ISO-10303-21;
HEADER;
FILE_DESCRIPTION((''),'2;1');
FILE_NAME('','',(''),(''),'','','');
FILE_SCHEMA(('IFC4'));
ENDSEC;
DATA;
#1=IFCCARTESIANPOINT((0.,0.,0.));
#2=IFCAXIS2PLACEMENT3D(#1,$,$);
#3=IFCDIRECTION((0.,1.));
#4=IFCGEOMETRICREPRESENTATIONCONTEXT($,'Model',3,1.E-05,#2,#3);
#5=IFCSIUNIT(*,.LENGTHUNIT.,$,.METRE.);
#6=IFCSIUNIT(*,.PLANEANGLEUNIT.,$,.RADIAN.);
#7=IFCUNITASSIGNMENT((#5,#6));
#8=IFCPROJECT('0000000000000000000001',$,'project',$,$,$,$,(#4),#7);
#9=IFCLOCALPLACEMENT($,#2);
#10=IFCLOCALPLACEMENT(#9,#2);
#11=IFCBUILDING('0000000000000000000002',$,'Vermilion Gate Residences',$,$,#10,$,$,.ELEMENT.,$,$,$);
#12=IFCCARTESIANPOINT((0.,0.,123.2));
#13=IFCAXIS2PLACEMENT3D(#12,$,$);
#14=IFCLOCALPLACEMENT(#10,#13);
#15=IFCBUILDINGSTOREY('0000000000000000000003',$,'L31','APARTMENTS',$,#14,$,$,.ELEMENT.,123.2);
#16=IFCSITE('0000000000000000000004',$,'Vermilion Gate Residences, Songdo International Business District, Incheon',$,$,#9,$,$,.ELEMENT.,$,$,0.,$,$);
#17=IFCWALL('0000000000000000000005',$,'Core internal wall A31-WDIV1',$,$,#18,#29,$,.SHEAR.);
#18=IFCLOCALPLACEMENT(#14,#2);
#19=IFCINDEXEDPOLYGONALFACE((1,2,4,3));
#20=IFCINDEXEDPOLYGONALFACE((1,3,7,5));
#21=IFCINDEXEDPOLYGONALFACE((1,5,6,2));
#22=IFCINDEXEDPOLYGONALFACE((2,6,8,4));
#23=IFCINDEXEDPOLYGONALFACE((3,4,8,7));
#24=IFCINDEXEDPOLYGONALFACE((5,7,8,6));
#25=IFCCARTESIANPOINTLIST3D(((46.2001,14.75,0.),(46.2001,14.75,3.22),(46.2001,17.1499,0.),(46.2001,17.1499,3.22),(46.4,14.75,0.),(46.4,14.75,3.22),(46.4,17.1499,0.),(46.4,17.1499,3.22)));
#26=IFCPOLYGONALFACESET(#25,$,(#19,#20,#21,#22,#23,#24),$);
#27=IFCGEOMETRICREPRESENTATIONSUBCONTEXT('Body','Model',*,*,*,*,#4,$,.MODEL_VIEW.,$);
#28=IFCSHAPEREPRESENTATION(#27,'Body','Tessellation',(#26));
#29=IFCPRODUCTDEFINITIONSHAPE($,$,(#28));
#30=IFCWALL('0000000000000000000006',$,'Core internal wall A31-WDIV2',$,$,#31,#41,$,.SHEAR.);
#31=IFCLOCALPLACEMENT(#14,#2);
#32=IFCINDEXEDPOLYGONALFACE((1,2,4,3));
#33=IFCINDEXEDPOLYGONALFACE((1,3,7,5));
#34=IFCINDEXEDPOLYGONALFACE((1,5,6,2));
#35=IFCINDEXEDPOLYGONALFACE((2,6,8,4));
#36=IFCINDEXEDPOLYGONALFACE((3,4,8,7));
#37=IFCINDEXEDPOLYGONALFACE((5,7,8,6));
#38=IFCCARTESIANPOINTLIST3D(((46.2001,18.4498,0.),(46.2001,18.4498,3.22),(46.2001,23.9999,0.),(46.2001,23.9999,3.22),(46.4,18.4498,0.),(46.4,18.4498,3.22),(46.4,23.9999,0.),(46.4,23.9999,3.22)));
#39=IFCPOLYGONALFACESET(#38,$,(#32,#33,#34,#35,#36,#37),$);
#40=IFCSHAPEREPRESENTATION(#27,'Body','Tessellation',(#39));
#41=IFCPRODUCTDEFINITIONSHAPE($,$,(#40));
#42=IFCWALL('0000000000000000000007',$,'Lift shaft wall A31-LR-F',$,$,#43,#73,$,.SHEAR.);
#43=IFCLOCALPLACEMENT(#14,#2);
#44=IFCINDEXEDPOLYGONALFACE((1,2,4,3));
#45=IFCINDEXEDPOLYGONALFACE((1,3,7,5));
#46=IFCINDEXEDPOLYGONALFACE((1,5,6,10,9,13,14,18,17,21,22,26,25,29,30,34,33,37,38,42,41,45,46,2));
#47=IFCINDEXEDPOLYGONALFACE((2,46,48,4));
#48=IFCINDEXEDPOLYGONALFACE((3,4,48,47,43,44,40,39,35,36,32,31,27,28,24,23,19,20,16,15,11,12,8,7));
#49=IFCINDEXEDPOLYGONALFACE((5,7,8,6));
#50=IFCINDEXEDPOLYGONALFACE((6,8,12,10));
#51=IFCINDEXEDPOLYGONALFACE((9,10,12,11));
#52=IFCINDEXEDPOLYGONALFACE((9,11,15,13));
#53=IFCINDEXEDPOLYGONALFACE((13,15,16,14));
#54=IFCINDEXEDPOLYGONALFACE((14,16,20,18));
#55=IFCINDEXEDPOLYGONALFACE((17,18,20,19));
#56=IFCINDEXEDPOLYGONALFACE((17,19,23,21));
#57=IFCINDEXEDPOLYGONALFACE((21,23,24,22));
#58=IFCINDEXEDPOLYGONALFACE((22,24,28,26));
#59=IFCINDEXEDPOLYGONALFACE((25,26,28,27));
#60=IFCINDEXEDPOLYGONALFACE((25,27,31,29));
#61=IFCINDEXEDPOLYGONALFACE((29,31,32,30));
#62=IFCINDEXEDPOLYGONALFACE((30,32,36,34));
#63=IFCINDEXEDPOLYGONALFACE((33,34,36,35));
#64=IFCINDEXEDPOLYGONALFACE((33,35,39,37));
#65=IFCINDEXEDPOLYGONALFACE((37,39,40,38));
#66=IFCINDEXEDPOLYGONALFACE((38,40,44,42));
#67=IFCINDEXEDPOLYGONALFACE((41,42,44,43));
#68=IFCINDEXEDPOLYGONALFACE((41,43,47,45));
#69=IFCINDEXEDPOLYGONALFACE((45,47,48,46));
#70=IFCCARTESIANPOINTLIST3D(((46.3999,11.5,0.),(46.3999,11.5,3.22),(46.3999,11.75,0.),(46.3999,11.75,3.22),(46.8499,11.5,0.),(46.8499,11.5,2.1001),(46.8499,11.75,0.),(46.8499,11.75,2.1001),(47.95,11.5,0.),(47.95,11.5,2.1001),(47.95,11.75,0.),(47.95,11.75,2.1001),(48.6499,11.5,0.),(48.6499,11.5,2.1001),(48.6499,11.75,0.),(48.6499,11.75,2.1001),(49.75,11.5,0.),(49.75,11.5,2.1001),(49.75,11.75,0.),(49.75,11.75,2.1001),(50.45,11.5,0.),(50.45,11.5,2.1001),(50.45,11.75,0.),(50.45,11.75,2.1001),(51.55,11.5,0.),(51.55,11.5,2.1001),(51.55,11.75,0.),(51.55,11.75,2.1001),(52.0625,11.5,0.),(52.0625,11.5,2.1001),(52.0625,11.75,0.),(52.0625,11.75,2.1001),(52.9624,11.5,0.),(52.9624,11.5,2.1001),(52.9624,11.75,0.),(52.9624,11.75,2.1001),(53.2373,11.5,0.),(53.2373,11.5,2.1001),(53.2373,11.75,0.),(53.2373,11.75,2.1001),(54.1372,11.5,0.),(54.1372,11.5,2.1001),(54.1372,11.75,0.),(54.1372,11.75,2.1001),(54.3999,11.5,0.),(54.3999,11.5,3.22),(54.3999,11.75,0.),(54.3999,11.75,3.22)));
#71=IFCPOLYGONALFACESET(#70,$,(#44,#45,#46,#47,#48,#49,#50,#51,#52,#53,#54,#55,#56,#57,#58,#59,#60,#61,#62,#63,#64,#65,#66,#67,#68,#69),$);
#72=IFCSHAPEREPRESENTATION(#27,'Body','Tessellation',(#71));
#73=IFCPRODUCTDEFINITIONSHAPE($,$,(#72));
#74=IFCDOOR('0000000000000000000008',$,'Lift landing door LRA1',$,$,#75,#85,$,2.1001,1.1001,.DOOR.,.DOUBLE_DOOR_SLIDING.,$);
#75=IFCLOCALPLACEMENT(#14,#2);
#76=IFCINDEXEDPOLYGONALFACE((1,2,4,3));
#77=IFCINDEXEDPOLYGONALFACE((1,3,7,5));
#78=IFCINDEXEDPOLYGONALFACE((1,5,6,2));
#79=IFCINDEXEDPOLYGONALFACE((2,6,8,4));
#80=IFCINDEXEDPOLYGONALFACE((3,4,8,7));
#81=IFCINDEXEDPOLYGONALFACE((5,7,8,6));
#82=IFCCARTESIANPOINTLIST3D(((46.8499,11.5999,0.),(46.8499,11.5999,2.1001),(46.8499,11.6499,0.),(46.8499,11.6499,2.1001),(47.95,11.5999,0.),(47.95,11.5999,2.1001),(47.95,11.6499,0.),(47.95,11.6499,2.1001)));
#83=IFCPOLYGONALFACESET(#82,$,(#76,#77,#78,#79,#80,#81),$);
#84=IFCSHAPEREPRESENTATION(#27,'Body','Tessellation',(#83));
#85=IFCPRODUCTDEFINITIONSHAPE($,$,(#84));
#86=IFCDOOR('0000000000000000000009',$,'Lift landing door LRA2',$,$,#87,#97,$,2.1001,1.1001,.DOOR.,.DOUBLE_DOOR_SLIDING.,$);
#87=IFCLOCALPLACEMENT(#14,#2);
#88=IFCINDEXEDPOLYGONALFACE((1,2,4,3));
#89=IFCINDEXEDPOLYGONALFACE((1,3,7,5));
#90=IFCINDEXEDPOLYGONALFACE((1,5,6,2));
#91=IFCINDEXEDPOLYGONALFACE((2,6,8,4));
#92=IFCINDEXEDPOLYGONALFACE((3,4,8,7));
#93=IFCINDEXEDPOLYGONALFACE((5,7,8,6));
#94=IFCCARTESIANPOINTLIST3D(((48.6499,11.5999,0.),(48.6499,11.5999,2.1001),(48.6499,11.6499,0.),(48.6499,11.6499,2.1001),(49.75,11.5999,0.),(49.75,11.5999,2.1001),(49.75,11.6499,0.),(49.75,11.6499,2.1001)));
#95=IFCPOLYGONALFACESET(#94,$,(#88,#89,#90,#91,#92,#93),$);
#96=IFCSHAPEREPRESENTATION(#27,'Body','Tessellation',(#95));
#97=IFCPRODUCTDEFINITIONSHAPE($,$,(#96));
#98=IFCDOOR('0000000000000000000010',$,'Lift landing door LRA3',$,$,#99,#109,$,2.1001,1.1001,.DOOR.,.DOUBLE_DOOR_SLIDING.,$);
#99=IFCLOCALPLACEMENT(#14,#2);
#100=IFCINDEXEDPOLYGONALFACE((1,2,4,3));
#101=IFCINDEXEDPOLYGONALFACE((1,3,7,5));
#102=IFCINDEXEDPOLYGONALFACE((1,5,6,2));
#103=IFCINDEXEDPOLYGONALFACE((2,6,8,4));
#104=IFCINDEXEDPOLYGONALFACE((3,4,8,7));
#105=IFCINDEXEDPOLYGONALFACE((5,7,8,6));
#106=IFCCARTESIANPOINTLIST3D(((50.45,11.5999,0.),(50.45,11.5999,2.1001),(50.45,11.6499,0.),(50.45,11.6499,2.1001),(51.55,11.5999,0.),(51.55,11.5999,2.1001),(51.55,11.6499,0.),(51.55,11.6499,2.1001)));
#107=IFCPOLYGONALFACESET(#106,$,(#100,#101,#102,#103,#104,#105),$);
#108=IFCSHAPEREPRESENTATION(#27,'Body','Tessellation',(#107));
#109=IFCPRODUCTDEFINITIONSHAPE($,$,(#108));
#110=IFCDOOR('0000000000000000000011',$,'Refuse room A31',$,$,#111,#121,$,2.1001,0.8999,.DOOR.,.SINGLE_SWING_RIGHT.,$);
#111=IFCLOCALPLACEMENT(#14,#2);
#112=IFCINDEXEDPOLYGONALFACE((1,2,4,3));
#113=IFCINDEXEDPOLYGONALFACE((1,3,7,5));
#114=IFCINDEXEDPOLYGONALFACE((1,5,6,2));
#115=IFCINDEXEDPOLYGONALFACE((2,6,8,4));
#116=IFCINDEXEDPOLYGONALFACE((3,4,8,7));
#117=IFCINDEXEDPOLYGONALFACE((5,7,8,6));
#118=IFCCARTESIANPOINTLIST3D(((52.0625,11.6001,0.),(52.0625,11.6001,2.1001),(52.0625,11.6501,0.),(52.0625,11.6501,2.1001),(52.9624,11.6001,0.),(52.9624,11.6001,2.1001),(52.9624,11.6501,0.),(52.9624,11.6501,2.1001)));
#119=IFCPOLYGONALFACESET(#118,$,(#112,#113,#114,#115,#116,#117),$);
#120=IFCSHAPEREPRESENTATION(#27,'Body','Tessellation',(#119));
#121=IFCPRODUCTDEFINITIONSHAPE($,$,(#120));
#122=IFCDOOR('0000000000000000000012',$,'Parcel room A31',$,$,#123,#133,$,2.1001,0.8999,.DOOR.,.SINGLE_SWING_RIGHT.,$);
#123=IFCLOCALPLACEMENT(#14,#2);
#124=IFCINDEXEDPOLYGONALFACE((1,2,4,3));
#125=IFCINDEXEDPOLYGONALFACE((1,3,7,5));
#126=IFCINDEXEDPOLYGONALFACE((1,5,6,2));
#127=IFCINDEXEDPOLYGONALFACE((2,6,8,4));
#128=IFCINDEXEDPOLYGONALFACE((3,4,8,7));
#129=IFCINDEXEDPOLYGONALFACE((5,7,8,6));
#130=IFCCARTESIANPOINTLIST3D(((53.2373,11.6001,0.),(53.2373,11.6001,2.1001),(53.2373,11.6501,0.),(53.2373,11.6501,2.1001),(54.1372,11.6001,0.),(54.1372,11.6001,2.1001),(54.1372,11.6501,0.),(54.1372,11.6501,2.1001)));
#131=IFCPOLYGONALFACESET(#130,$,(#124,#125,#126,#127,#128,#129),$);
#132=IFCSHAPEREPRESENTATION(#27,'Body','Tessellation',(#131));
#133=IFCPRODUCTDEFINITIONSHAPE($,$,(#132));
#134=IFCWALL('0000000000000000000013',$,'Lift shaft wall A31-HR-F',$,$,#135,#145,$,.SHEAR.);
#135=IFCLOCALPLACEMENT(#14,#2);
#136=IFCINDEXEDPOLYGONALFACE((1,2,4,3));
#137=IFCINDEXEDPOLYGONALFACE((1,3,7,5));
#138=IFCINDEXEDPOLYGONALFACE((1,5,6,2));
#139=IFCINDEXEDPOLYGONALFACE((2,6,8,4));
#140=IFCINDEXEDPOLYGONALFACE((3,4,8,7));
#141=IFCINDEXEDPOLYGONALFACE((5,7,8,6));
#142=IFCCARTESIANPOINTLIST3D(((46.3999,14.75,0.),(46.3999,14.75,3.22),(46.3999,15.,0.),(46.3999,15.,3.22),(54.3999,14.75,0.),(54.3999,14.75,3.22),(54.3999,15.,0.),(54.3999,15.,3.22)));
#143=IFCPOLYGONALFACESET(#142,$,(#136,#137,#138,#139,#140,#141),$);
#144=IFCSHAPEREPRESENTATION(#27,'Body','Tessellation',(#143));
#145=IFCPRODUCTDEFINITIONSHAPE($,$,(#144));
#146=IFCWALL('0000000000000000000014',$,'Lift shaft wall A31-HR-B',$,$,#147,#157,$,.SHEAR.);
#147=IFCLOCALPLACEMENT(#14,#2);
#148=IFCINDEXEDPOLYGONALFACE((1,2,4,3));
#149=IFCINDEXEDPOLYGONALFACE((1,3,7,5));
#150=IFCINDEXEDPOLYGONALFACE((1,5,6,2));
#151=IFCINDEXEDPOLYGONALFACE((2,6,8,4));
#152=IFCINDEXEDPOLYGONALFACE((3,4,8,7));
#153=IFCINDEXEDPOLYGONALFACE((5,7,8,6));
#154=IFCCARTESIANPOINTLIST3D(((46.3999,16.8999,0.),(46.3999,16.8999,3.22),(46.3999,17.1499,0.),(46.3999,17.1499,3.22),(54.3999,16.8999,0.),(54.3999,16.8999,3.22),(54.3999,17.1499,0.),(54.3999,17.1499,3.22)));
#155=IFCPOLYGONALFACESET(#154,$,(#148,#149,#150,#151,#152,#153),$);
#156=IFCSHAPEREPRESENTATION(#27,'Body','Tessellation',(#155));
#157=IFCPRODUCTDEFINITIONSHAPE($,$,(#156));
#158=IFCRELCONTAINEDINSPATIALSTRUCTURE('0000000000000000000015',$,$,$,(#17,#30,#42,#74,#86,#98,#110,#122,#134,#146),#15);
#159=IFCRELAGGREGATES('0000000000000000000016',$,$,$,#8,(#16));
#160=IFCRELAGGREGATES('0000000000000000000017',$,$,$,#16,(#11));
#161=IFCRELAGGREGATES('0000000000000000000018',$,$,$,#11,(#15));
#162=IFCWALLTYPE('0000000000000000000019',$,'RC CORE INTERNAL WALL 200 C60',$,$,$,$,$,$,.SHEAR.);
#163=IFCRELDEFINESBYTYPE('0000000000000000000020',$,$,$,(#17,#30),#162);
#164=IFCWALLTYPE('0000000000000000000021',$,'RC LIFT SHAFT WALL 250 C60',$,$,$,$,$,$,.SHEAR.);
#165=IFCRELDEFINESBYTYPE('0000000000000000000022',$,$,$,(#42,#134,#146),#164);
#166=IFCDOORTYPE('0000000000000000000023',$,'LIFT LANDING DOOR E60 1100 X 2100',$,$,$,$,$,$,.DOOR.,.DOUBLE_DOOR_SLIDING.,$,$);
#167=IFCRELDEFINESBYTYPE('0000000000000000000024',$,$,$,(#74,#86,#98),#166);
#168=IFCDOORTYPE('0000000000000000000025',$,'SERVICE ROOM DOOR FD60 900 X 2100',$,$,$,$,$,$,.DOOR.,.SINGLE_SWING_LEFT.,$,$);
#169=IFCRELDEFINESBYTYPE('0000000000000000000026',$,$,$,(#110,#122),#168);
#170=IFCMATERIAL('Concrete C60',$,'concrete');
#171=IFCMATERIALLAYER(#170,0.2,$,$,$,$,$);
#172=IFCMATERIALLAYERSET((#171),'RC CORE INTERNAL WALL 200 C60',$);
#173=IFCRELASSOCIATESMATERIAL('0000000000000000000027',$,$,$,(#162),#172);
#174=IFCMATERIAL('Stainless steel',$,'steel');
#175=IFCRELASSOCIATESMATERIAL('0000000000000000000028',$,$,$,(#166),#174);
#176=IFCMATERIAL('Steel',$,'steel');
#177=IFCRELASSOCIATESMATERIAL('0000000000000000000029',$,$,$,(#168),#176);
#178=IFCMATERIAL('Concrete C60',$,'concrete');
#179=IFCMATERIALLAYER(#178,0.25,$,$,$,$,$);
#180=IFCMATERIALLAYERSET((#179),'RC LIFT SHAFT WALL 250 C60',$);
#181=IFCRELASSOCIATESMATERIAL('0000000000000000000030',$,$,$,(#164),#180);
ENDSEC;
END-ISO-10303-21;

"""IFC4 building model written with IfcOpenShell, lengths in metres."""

from ifc_helpers import new_model, si_unit, direction, frame, frame_2d, origin, place, context, subcontext, project, spatial, rectangle, extrude, material, layer, layer_set, type_object, element, fill, save


model = new_model("IFC4")

# Units and contexts
model_context = context("Model", 3, precision=1e-05, world=origin(), true_north=direction((0.0, 1.0)))
body_context = subcontext(model_context, "Body", "Model", "MODEL_VIEW")
ifc_project = project(units=[si_unit("LENGTHUNIT", "METRE"), si_unit("PLANEANGLEUNIT", "RADIAN")], contexts=[model_context])

# Site, building, storey
site_placement = place(None, origin())
site = spatial("IfcSite", under=ifc_project, at=site_placement, Name="Vermilion Gate Residences, Songdo International Business District, Incheon", CompositionType="ELEMENT", RefElevation=0.0)
building_placement = place(site_placement, origin())
building = spatial("IfcBuilding", under=site, at=building_placement, Name="Vermilion Gate Residences", CompositionType="ELEMENT")
storey_placement = place(building_placement, frame((0.0, 0.0, 123.2)))
storey = spatial("IfcBuildingStorey", under=building, at=storey_placement, Name="L31", Description="APARTMENTS", CompositionType="ELEMENT", Elevation=123.2)

# Shared definitions
ifc_material_1 = material(Name="Concrete C60", Category="concrete")
ifc_layer_1 = layer(ifc_material_1, 0.2)
ifc_layer_set_1 = layer_set([ifc_layer_1], Name="RC CORE INTERNAL WALL 200 C60")
wall_type_1 = type_object("IfcWallType", Name="RC CORE INTERNAL WALL 200 C60", PredefinedType="SHEAR", material=ifc_layer_set_1)

# Shared definitions
ifc_material_2 = material(Name="Stainless steel", Category="steel")
door_type_1 = type_object("IfcDoorType", Name="LIFT LANDING DOOR E60 1100 X 2100", OperationType="DOUBLE_DOOR_SLIDING", PredefinedType="DOOR", material=ifc_material_2)
ifc_material_3 = material(Name="Steel", Category="steel")
door_type_2 = type_object("IfcDoorType", Name="SERVICE ROOM DOOR FD60 900 X 2100", OperationType="SINGLE_SWING_LEFT", PredefinedType="DOOR", material=ifc_material_3)

# Walls
wall_1_placement = place(storey_placement, frame((46.3, 14.75, 0.0), z_axis=(0.0, 0.0, 1.0), x_axis=(0.0, 1.0, 0.0)))
element("IfcWall", 1, at=wall_1_placement, inside=storey, type_object=wall_type_1, Name="Core internal wall A31-WDIV1", PredefinedType="SHEAR", context=body_context, shape_type="SweptSolid", body=[
    extrude(rectangle(XDim=2.3999, YDim=0.2, at=frame_2d((1.2, 0.0))), origin(), (0.0, 0.0, 1.0), 3.22),
])
wall_2_placement = place(storey_placement, frame((46.3, 18.45, 0.0), z_axis=(0.0, 0.0, 1.0), x_axis=(0.0, 1.0, 0.0)))
element("IfcWall", 2, at=wall_2_placement, inside=storey, type_object=wall_type_1, Name="Core internal wall A31-WDIV2", PredefinedType="SHEAR", context=body_context, shape_type="SweptSolid", body=[
    extrude(rectangle(XDim=5.55, YDim=0.2, at=frame_2d((2.7749, 0.0))), origin(), (0.0, 0.0, 1.0), 3.22),
])

# Wall, openings, doors
ifc_material_4 = material(Name="Concrete C60", Category="concrete")
ifc_layer_2 = layer(ifc_material_4, 0.25)
ifc_layer_set_2 = layer_set([ifc_layer_2], Name="RC LIFT SHAFT WALL 250 C60")
wall_type_2 = type_object("IfcWallType", Name="RC LIFT SHAFT WALL 250 C60", PredefinedType="SHEAR", material=ifc_layer_set_2)
wall_3_placement = place(storey_placement, frame((46.3999, 11.625, 0.0), z_axis=(0.0, 0.0, 1.0), x_axis=(1.0, 0.0, 0.0)))
wall_3 = element("IfcWall", 3, at=wall_3_placement, inside=storey, type_object=wall_type_2, Name="Lift shaft wall A31-LR-F", PredefinedType="SHEAR", context=body_context, shape_type="SweptSolid", body=[
    extrude(rectangle(XDim=8.0, YDim=0.25, at=frame_2d((4.0, 0.0))), origin(), (0.0, 0.0, 1.0), 3.22),
])
opening_1_placement = place(wall_3_placement, frame((0.45, 0.0, 0.0)))
opening_1 = element("IfcOpeningElement", 4, at=opening_1_placement, cuts=wall_3, PredefinedType="OPENING", context=body_context, shape_type="SweptSolid", body=[
    extrude(rectangle(XDim=1.1001, YDim=2.1001, at=frame_2d((0.55, 1.05))), frame((0.0, 0.135, 0.0), z_axis=(0.0, -1.0, 0.0), x_axis=(1.0, 0.0, 0.0)), (0.0, 0.0, 1.0), 0.27),
])
opening_2_placement = place(wall_3_placement, frame((2.25, 0.0, 0.0)))
opening_2 = element("IfcOpeningElement", 5, at=opening_2_placement, cuts=wall_3, PredefinedType="OPENING", context=body_context, shape_type="SweptSolid", body=[
    extrude(rectangle(XDim=1.1001, YDim=2.1001, at=frame_2d((0.55, 1.05))), frame((0.0, 0.135, 0.0), z_axis=(0.0, -1.0, 0.0), x_axis=(1.0, 0.0, 0.0)), (0.0, 0.0, 1.0), 0.27),
])
opening_3_placement = place(wall_3_placement, frame((4.05, 0.0, 0.0)))
opening_3 = element("IfcOpeningElement", 6, at=opening_3_placement, cuts=wall_3, PredefinedType="OPENING", context=body_context, shape_type="SweptSolid", body=[
    extrude(rectangle(XDim=1.1001, YDim=2.1001, at=frame_2d((0.55, 1.05))), frame((0.0, 0.135, 0.0), z_axis=(0.0, -1.0, 0.0), x_axis=(1.0, 0.0, 0.0)), (0.0, 0.0, 1.0), 0.27),
])
opening_4_placement = place(wall_3_placement, frame((5.6626, 0.0, 0.0)))
opening_4 = element("IfcOpeningElement", 7, at=opening_4_placement, cuts=wall_3, PredefinedType="OPENING", context=body_context, shape_type="SweptSolid", body=[
    extrude(rectangle(XDim=0.8999, YDim=2.1001, at=frame_2d((0.45, 1.05))), frame((0.0, 0.135, 0.0), z_axis=(0.0, -1.0, 0.0), x_axis=(1.0, 0.0, 0.0)), (0.0, 0.0, 1.0), 0.27),
])
opening_5_placement = place(wall_3_placement, frame((6.8374, 0.0, 0.0)))
opening_5 = element("IfcOpeningElement", 8, at=opening_5_placement, cuts=wall_3, PredefinedType="OPENING", context=body_context, shape_type="SweptSolid", body=[
    extrude(rectangle(XDim=0.8999, YDim=2.1001, at=frame_2d((0.45, 1.05))), frame((0.0, 0.135, 0.0), z_axis=(0.0, -1.0, 0.0), x_axis=(1.0, 0.0, 0.0)), (0.0, 0.0, 1.0), 0.27),
])
door_1_placement = place(opening_1_placement, origin())
door_1 = element("IfcDoor", 9, at=door_1_placement, inside=storey, type_object=door_type_1, Name="Lift landing door LRA1", OperationType="DOUBLE_DOOR_SLIDING", OverallHeight=2.1001, OverallWidth=1.1001, PredefinedType="DOOR", context=body_context, shape_type="SweptSolid", body=[
    extrude(rectangle(XDim=1.1001, YDim=2.1001, at=frame_2d((0.55, 1.05))), frame((0.0, 0.0249, 0.0), z_axis=(0.0, -1.0, 0.0), x_axis=(1.0, 0.0, 0.0)), (0.0, 0.0, 1.0), 0.05),
])
fill(opening_1, door_1)
door_2_placement = place(opening_2_placement, origin())
door_2 = element("IfcDoor", 10, at=door_2_placement, inside=storey, type_object=door_type_1, Name="Lift landing door LRA2", OperationType="DOUBLE_DOOR_SLIDING", OverallHeight=2.1001, OverallWidth=1.1001, PredefinedType="DOOR", context=body_context, shape_type="SweptSolid", body=[
    extrude(rectangle(XDim=1.1001, YDim=2.1001, at=frame_2d((0.55, 1.05))), frame((0.0, 0.0249, 0.0), z_axis=(0.0, -1.0, 0.0), x_axis=(1.0, 0.0, 0.0)), (0.0, 0.0, 1.0), 0.05),
])
fill(opening_2, door_2)
door_3_placement = place(opening_3_placement, origin())
door_3 = element("IfcDoor", 11, at=door_3_placement, inside=storey, type_object=door_type_1, Name="Lift landing door LRA3", OperationType="DOUBLE_DOOR_SLIDING", OverallHeight=2.1001, OverallWidth=1.1001, PredefinedType="DOOR", context=body_context, shape_type="SweptSolid", body=[
    extrude(rectangle(XDim=1.1001, YDim=2.1001, at=frame_2d((0.55, 1.05))), frame((0.0, 0.0249, 0.0), z_axis=(0.0, -1.0, 0.0), x_axis=(1.0, 0.0, 0.0)), (0.0, 0.0, 1.0), 0.05),
])
fill(opening_3, door_3)
door_4_placement = place(opening_4_placement, frame((0.8999, 0.0, 0.0), z_axis=(0.0, 0.0, 1.0), x_axis=(-1.0, 0.0, 0.0)))
door_4 = element("IfcDoor", 12, at=door_4_placement, inside=storey, type_object=door_type_2, Name="Refuse room A31", OperationType="SINGLE_SWING_RIGHT", OverallHeight=2.1001, OverallWidth=0.8999, PredefinedType="DOOR", context=body_context, shape_type="SweptSolid", body=[
    extrude(rectangle(XDim=0.8999, YDim=2.1001, at=frame_2d((0.45, 1.05))), frame((0.0, 0.0249, 0.0), z_axis=(0.0, -1.0, 0.0), x_axis=(1.0, 0.0, 0.0)), (0.0, 0.0, 1.0), 0.05),
])
fill(opening_4, door_4)
door_5_placement = place(opening_5_placement, frame((0.8999, 0.0, 0.0), z_axis=(0.0, 0.0, 1.0), x_axis=(-1.0, 0.0, 0.0)))
door_5 = element("IfcDoor", 13, at=door_5_placement, inside=storey, type_object=door_type_2, Name="Parcel room A31", OperationType="SINGLE_SWING_RIGHT", OverallHeight=2.1001, OverallWidth=0.8999, PredefinedType="DOOR", context=body_context, shape_type="SweptSolid", body=[
    extrude(rectangle(XDim=0.8999, YDim=2.1001, at=frame_2d((0.45, 1.05))), frame((0.0, 0.0249, 0.0), z_axis=(0.0, -1.0, 0.0), x_axis=(1.0, 0.0, 0.0)), (0.0, 0.0, 1.0), 0.05),
])
fill(opening_5, door_5)

# Walls
for number, where, z_axis, x_axis, name in (
    (14, (46.3999, 14.875, 0.0), (0.0, 0.0, 1.0), (1.0, 0.0, 0.0), "Lift shaft wall A31-HR-F"),
    (15, (46.3999, 17.0249, 0.0), (0.0, 0.0, 1.0), (1.0, 0.0, 0.0), "Lift shaft wall A31-HR-B"),
):
    element("IfcWall", number, at=place(storey_placement, frame(where, z_axis=z_axis, x_axis=x_axis)), inside=storey, type_object=wall_type_2, Name=name, PredefinedType="SHEAR", context=body_context, shape_type="SweptSolid", body=[
        extrude(rectangle(XDim=8.0, YDim=0.25, at=frame_2d((4.0, 0.0))), origin(), (0.0, 0.0, 1.0), 3.22),
    ])

save(model, "model.ifc")
